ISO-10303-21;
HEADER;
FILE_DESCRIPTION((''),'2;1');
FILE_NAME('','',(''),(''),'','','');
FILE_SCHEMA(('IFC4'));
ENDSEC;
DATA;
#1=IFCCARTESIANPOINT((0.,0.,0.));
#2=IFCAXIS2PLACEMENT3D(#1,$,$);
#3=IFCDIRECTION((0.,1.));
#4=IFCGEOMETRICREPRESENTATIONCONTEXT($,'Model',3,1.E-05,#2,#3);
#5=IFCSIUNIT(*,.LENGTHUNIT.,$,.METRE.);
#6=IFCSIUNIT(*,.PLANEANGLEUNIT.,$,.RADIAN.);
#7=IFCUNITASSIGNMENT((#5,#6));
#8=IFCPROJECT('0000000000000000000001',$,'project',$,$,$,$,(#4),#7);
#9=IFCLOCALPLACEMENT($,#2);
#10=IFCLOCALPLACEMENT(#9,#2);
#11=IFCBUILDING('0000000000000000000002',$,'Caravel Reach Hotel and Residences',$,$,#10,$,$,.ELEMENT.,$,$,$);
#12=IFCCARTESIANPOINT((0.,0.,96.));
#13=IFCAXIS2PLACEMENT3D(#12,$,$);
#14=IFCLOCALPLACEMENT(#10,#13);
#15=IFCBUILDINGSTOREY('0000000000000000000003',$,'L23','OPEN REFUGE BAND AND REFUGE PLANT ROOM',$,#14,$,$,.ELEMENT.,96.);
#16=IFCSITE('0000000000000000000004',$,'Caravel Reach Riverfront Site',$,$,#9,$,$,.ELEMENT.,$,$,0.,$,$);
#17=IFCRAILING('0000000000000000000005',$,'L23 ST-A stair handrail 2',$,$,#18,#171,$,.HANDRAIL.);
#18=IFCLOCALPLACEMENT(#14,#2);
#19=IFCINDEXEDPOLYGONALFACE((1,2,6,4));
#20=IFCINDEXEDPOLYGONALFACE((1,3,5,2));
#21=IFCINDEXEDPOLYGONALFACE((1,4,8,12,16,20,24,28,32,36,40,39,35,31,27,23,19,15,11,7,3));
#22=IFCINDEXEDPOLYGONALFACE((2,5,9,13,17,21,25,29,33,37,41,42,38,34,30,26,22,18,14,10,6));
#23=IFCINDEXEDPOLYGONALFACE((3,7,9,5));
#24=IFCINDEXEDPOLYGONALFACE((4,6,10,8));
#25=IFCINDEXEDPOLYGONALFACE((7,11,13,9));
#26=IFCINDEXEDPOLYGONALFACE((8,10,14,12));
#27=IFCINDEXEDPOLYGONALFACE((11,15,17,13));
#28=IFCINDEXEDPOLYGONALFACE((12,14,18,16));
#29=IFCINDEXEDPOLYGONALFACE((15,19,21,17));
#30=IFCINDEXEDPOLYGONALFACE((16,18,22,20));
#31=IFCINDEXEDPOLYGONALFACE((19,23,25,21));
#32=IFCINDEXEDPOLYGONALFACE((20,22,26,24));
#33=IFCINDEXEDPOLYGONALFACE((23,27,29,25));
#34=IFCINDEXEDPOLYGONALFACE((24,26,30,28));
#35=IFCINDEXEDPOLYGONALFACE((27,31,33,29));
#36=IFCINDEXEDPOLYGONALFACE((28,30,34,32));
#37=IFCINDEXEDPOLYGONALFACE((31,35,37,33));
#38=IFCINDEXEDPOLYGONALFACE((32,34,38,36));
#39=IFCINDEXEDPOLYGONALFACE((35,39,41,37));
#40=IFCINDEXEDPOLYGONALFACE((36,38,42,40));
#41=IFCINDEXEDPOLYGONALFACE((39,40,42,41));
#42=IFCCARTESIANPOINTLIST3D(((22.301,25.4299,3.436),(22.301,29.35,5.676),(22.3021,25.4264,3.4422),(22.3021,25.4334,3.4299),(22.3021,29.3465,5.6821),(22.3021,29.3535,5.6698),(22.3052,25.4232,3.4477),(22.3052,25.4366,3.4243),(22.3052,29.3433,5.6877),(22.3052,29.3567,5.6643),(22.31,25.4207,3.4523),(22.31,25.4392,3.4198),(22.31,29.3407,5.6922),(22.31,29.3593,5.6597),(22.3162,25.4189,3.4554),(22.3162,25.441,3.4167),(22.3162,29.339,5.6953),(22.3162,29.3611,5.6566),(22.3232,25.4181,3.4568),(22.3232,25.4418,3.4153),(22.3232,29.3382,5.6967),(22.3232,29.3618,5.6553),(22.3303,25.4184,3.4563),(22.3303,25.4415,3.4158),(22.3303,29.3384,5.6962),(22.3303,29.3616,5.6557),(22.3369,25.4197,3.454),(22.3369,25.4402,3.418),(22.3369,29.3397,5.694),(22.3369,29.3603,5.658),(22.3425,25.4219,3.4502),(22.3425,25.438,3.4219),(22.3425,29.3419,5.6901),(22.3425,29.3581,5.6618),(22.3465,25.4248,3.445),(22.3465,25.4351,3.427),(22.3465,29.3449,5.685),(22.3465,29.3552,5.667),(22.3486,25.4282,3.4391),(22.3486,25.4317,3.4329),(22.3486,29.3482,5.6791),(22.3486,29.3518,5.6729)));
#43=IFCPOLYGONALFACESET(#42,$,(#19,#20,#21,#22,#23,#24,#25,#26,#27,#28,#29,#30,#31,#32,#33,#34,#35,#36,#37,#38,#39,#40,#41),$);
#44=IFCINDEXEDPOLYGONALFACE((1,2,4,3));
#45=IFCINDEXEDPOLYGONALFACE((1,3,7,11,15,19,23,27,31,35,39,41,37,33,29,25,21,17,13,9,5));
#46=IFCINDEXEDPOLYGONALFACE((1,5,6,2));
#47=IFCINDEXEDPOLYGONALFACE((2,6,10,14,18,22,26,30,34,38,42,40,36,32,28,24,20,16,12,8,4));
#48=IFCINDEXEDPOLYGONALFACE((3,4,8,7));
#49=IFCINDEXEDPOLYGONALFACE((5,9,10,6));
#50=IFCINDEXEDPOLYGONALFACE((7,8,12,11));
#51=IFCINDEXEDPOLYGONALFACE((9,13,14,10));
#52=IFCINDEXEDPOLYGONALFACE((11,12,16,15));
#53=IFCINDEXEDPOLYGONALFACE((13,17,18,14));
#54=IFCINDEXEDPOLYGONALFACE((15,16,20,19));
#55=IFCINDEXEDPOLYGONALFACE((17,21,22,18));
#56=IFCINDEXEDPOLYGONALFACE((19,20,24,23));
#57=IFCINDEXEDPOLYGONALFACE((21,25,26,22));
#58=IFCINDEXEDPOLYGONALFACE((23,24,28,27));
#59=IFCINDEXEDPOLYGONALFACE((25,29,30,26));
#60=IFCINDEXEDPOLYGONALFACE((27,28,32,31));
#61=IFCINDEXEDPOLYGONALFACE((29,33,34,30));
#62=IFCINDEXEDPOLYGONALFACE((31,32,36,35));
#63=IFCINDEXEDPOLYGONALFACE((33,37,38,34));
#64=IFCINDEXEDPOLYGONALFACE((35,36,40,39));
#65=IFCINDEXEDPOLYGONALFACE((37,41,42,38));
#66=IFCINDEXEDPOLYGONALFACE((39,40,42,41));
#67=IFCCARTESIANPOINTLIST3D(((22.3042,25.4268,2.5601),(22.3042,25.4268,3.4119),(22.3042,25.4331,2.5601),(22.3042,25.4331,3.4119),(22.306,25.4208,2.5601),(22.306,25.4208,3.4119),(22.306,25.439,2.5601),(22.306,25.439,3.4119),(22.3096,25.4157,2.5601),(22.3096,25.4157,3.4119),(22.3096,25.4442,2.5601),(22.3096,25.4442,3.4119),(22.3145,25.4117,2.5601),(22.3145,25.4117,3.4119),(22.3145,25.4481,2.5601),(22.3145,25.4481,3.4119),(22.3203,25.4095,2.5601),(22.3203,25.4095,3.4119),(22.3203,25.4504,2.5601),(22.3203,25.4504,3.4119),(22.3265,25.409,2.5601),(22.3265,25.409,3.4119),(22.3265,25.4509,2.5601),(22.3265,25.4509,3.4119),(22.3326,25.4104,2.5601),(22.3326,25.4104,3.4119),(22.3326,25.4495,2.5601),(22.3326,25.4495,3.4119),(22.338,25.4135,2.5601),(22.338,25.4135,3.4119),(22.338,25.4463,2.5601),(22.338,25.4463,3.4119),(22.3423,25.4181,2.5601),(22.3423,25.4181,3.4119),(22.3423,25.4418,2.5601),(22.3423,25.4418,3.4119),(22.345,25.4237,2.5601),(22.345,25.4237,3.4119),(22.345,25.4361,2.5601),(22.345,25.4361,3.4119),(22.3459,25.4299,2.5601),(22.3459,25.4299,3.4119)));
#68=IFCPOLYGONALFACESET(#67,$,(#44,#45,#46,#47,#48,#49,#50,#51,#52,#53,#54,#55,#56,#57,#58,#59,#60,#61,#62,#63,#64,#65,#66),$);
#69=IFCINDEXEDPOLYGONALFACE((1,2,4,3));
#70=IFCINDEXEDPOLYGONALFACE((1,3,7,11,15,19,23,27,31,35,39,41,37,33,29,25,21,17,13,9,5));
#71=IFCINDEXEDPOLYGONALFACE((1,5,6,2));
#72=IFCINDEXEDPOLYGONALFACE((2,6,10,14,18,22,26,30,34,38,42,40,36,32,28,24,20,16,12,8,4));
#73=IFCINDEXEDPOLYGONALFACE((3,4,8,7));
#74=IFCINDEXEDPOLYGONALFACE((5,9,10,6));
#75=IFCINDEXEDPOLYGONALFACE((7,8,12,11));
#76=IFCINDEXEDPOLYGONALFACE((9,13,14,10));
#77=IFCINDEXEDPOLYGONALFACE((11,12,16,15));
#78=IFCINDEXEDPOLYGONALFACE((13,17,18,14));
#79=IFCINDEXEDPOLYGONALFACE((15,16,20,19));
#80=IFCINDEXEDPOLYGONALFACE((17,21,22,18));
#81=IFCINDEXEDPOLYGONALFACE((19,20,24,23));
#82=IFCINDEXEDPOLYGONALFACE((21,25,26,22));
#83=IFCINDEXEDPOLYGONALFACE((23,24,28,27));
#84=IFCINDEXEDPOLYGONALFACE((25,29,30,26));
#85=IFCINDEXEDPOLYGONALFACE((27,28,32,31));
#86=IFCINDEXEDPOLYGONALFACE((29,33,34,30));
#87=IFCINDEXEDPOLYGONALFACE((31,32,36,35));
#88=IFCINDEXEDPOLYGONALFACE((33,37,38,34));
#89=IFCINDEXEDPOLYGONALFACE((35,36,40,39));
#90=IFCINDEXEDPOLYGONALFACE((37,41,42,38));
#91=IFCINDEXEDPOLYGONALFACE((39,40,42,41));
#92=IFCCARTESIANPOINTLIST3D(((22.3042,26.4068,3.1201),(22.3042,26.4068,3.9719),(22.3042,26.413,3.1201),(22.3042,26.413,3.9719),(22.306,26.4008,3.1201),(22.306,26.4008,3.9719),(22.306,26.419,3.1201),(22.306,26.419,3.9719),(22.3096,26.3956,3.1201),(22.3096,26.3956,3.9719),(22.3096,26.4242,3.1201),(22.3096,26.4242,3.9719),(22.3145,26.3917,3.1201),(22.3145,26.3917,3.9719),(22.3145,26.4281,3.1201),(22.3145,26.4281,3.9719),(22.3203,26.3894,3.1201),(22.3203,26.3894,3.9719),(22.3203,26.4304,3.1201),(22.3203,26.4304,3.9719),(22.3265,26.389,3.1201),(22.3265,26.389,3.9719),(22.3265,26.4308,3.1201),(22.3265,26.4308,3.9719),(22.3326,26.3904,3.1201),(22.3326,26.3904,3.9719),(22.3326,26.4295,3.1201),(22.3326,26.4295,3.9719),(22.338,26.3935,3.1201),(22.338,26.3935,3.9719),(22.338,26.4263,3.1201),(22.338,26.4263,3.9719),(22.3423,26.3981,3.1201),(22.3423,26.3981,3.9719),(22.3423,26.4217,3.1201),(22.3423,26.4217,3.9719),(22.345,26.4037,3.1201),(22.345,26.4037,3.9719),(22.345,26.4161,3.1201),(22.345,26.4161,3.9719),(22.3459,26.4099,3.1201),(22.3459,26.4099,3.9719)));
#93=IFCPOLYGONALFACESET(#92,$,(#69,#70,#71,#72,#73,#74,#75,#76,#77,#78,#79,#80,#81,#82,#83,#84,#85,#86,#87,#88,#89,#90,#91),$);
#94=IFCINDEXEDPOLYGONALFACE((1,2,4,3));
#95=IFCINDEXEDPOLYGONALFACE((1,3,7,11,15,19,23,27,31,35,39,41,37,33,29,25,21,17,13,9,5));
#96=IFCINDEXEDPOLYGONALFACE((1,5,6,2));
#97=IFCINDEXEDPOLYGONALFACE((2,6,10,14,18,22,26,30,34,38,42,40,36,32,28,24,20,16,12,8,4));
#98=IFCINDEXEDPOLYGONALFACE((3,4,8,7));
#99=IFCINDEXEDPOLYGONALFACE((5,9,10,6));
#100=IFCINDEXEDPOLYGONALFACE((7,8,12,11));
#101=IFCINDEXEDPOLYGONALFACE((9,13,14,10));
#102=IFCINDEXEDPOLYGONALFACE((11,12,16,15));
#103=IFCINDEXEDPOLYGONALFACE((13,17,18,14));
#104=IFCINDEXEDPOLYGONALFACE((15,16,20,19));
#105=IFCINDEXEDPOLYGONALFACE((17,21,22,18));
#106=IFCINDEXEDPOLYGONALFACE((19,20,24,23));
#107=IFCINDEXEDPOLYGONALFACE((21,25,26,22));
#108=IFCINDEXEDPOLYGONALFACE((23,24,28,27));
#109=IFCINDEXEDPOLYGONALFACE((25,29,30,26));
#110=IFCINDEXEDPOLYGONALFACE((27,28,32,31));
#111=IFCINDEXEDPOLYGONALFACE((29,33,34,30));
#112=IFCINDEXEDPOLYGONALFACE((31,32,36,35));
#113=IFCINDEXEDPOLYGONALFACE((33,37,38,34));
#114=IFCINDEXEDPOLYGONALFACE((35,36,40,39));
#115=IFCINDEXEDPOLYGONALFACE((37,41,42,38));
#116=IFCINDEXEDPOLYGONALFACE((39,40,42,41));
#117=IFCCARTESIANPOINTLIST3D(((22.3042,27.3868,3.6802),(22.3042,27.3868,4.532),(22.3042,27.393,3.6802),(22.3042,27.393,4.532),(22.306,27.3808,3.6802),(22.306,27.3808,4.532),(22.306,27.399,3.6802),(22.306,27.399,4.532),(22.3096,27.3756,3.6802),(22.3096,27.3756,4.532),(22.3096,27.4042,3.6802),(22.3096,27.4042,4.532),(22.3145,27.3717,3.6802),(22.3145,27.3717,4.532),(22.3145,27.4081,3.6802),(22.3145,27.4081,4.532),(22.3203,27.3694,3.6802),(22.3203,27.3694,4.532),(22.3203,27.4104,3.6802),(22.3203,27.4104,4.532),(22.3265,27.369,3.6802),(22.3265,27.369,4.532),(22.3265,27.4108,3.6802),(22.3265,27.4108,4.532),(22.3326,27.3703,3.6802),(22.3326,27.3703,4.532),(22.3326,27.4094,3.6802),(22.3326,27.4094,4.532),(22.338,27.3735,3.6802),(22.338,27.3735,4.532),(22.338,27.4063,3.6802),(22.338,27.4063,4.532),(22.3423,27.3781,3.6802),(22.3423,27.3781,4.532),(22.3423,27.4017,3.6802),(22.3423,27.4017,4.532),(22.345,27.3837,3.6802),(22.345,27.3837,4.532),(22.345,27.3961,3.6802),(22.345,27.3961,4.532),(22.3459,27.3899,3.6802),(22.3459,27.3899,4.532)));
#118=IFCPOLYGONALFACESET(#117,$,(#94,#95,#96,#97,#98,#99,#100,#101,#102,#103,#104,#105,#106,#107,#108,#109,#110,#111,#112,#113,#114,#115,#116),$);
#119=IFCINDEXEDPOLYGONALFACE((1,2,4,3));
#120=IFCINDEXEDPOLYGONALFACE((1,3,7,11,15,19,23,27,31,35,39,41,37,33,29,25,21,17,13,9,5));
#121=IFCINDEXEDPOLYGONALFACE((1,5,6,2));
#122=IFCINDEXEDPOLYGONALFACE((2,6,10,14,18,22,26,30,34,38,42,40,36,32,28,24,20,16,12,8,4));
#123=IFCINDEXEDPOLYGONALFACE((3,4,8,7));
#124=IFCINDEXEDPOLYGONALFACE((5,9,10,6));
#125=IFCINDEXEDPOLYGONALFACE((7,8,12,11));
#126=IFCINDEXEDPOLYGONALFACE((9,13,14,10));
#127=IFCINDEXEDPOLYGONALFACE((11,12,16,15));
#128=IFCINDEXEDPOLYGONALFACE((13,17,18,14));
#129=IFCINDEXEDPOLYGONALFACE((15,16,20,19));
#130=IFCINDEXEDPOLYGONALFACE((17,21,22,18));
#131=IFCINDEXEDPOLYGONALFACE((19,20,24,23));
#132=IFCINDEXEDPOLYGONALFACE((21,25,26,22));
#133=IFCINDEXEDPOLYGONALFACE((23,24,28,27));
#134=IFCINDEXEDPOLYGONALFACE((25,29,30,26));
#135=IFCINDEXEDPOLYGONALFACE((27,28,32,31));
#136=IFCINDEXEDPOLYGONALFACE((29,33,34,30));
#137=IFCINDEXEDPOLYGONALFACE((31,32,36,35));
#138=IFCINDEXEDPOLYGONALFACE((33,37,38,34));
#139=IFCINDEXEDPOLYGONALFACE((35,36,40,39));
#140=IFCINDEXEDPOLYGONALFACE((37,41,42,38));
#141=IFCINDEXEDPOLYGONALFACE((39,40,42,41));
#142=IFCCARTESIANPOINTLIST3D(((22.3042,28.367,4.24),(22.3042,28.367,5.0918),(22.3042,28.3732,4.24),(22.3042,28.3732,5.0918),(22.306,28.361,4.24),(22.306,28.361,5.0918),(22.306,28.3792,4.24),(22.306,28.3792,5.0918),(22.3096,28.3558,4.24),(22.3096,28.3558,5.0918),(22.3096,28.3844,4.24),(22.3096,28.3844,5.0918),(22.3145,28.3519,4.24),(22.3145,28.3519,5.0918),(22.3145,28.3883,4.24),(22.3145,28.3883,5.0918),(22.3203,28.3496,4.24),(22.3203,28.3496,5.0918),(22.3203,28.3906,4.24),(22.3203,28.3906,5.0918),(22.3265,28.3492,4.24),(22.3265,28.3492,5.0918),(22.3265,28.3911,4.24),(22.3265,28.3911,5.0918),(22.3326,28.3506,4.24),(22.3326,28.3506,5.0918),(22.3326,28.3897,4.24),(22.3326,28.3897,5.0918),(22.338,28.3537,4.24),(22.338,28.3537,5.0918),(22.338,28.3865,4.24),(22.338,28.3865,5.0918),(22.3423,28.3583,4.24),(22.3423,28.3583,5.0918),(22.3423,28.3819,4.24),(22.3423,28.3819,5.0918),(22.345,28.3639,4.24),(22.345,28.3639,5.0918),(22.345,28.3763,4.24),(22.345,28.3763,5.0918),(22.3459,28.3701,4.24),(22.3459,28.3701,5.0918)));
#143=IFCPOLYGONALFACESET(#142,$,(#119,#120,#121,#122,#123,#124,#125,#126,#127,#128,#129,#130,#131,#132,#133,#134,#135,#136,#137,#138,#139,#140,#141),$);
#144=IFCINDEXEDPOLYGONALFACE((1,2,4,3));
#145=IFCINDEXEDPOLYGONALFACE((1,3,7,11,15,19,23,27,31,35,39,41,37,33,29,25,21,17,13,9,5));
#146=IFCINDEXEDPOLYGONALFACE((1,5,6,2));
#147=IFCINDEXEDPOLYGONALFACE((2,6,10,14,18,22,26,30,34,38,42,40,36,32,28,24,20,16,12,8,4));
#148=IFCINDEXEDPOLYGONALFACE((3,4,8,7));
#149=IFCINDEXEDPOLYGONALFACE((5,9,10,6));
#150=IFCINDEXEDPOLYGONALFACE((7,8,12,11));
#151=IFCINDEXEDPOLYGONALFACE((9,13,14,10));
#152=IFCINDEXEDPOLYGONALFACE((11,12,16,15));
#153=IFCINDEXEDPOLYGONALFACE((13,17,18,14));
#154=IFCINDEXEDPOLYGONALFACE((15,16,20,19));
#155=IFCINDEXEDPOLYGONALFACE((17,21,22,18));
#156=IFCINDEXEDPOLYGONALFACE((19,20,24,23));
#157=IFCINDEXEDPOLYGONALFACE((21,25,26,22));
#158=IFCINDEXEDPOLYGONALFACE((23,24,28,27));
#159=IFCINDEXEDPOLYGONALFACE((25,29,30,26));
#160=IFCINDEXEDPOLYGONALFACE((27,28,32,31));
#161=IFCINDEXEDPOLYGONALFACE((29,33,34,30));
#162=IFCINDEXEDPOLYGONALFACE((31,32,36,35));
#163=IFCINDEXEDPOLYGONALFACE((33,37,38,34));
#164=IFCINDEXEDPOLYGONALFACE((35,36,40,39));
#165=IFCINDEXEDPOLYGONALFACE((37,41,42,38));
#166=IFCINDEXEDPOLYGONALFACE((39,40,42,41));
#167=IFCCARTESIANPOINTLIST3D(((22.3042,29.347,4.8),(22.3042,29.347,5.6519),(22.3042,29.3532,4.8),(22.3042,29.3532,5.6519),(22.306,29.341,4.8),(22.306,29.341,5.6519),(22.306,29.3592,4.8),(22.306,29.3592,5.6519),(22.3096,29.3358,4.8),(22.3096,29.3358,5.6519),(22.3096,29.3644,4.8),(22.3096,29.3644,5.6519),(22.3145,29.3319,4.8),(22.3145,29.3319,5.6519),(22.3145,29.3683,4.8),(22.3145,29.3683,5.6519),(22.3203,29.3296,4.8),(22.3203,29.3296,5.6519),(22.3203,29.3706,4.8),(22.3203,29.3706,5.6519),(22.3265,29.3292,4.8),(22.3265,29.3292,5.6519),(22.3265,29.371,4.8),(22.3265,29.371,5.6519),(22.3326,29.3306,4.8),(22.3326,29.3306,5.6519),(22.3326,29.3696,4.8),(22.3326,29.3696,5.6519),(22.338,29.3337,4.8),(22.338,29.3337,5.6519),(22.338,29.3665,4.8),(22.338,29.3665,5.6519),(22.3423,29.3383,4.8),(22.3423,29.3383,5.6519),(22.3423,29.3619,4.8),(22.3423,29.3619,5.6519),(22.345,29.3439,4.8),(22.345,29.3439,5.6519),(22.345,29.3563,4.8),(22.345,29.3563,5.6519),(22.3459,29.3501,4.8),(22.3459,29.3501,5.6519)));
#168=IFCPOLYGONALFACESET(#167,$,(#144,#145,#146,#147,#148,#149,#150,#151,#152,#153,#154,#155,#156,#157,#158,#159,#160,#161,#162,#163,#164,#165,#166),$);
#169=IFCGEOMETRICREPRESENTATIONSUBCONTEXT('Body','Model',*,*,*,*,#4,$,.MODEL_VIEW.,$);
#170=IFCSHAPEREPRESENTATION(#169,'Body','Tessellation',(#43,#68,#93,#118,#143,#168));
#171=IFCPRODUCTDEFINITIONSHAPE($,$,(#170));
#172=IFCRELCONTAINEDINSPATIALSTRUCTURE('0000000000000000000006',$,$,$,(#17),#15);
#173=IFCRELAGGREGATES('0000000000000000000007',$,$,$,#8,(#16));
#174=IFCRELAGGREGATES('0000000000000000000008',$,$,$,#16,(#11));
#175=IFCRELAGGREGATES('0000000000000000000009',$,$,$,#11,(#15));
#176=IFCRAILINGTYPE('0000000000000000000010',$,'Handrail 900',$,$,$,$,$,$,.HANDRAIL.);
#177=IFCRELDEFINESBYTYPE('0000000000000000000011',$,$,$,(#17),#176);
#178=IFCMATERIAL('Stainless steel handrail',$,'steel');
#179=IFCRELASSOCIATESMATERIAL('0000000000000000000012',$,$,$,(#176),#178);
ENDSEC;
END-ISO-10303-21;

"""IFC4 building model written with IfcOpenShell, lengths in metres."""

from ifc_helpers import new_model, si_unit, direction, frame, origin, origin_2d, place, context, subcontext, project, spatial, circle, extrude, material, type_object, element, save


model = new_model("IFC4")

# Units and contexts
model_context = context("Model", 3, precision=1e-05, world=origin(), true_north=direction((0.0, 1.0)))
body_context = subcontext(model_context, "Body", "Model", "MODEL_VIEW")
ifc_project = project(units=[si_unit("LENGTHUNIT", "METRE"), si_unit("PLANEANGLEUNIT", "RADIAN")], contexts=[model_context])

# Site, building, storey
site_placement = place(None, origin())
site = spatial("IfcSite", under=ifc_project, at=site_placement, Name="Caravel Reach Riverfront Site", CompositionType="ELEMENT", RefElevation=0.0)
building_placement = place(site_placement, origin())
building = spatial("IfcBuilding", under=site, at=building_placement, Name="Caravel Reach Hotel and Residences", CompositionType="ELEMENT")
storey_placement = place(building_placement, frame((0.0, 0.0, 96.0)))
storey = spatial("IfcBuildingStorey", under=building, at=storey_placement, Name="L23", Description="OPEN REFUGE BAND AND REFUGE PLANT ROOM", CompositionType="ELEMENT", Elevation=96.0)

# Railing
ifc_material_1 = material(Name="Stainless steel handrail", Category="steel")
railing_type_1 = type_object("IfcRailingType", Name="Handrail 900", PredefinedType="HANDRAIL", material=ifc_material_1)
railing_1_placement = place(storey_placement, frame((22.325, 25.4299, 2.5601)))
element("IfcRailing", 1, at=railing_1_placement, inside=storey, type_object=railing_type_1, Name="L23 ST-A stair handrail 2", PredefinedType="HANDRAIL", context=body_context, shape_type="SweptSolid", body=[
    extrude(circle(Radius=0.0239, at=origin_2d()), frame((0.0, 0.0, 0.876), z_axis=(0.0, 0.868253, 0.496121), x_axis=(-1.0, 0.0, 0.0)), (0.0, 0.0, 1.0), 4.5149),
    extrude(circle(Radius=0.021, at=origin_2d()), origin(), (0.0, 0.0, 1.0), 0.8518),
    extrude(circle(Radius=0.021, at=origin_2d()), frame((0.0, 0.98, 0.5601)), (0.0, 0.0, 1.0), 0.8518),
    extrude(circle(Radius=0.021, at=origin_2d()), frame((0.0, 1.96, 1.1201)), (0.0, 0.0, 1.0), 0.8518),
    extrude(circle(Radius=0.021, at=origin_2d()), frame((0.0, 2.9402, 1.6799)), (0.0, 0.0, 1.0), 0.8518),
    extrude(circle(Radius=0.021, at=origin_2d()), frame((0.0, 3.9202, 2.24)), (0.0, 0.0, 1.0), 0.8518),
])

save(model, "model.ifc")
